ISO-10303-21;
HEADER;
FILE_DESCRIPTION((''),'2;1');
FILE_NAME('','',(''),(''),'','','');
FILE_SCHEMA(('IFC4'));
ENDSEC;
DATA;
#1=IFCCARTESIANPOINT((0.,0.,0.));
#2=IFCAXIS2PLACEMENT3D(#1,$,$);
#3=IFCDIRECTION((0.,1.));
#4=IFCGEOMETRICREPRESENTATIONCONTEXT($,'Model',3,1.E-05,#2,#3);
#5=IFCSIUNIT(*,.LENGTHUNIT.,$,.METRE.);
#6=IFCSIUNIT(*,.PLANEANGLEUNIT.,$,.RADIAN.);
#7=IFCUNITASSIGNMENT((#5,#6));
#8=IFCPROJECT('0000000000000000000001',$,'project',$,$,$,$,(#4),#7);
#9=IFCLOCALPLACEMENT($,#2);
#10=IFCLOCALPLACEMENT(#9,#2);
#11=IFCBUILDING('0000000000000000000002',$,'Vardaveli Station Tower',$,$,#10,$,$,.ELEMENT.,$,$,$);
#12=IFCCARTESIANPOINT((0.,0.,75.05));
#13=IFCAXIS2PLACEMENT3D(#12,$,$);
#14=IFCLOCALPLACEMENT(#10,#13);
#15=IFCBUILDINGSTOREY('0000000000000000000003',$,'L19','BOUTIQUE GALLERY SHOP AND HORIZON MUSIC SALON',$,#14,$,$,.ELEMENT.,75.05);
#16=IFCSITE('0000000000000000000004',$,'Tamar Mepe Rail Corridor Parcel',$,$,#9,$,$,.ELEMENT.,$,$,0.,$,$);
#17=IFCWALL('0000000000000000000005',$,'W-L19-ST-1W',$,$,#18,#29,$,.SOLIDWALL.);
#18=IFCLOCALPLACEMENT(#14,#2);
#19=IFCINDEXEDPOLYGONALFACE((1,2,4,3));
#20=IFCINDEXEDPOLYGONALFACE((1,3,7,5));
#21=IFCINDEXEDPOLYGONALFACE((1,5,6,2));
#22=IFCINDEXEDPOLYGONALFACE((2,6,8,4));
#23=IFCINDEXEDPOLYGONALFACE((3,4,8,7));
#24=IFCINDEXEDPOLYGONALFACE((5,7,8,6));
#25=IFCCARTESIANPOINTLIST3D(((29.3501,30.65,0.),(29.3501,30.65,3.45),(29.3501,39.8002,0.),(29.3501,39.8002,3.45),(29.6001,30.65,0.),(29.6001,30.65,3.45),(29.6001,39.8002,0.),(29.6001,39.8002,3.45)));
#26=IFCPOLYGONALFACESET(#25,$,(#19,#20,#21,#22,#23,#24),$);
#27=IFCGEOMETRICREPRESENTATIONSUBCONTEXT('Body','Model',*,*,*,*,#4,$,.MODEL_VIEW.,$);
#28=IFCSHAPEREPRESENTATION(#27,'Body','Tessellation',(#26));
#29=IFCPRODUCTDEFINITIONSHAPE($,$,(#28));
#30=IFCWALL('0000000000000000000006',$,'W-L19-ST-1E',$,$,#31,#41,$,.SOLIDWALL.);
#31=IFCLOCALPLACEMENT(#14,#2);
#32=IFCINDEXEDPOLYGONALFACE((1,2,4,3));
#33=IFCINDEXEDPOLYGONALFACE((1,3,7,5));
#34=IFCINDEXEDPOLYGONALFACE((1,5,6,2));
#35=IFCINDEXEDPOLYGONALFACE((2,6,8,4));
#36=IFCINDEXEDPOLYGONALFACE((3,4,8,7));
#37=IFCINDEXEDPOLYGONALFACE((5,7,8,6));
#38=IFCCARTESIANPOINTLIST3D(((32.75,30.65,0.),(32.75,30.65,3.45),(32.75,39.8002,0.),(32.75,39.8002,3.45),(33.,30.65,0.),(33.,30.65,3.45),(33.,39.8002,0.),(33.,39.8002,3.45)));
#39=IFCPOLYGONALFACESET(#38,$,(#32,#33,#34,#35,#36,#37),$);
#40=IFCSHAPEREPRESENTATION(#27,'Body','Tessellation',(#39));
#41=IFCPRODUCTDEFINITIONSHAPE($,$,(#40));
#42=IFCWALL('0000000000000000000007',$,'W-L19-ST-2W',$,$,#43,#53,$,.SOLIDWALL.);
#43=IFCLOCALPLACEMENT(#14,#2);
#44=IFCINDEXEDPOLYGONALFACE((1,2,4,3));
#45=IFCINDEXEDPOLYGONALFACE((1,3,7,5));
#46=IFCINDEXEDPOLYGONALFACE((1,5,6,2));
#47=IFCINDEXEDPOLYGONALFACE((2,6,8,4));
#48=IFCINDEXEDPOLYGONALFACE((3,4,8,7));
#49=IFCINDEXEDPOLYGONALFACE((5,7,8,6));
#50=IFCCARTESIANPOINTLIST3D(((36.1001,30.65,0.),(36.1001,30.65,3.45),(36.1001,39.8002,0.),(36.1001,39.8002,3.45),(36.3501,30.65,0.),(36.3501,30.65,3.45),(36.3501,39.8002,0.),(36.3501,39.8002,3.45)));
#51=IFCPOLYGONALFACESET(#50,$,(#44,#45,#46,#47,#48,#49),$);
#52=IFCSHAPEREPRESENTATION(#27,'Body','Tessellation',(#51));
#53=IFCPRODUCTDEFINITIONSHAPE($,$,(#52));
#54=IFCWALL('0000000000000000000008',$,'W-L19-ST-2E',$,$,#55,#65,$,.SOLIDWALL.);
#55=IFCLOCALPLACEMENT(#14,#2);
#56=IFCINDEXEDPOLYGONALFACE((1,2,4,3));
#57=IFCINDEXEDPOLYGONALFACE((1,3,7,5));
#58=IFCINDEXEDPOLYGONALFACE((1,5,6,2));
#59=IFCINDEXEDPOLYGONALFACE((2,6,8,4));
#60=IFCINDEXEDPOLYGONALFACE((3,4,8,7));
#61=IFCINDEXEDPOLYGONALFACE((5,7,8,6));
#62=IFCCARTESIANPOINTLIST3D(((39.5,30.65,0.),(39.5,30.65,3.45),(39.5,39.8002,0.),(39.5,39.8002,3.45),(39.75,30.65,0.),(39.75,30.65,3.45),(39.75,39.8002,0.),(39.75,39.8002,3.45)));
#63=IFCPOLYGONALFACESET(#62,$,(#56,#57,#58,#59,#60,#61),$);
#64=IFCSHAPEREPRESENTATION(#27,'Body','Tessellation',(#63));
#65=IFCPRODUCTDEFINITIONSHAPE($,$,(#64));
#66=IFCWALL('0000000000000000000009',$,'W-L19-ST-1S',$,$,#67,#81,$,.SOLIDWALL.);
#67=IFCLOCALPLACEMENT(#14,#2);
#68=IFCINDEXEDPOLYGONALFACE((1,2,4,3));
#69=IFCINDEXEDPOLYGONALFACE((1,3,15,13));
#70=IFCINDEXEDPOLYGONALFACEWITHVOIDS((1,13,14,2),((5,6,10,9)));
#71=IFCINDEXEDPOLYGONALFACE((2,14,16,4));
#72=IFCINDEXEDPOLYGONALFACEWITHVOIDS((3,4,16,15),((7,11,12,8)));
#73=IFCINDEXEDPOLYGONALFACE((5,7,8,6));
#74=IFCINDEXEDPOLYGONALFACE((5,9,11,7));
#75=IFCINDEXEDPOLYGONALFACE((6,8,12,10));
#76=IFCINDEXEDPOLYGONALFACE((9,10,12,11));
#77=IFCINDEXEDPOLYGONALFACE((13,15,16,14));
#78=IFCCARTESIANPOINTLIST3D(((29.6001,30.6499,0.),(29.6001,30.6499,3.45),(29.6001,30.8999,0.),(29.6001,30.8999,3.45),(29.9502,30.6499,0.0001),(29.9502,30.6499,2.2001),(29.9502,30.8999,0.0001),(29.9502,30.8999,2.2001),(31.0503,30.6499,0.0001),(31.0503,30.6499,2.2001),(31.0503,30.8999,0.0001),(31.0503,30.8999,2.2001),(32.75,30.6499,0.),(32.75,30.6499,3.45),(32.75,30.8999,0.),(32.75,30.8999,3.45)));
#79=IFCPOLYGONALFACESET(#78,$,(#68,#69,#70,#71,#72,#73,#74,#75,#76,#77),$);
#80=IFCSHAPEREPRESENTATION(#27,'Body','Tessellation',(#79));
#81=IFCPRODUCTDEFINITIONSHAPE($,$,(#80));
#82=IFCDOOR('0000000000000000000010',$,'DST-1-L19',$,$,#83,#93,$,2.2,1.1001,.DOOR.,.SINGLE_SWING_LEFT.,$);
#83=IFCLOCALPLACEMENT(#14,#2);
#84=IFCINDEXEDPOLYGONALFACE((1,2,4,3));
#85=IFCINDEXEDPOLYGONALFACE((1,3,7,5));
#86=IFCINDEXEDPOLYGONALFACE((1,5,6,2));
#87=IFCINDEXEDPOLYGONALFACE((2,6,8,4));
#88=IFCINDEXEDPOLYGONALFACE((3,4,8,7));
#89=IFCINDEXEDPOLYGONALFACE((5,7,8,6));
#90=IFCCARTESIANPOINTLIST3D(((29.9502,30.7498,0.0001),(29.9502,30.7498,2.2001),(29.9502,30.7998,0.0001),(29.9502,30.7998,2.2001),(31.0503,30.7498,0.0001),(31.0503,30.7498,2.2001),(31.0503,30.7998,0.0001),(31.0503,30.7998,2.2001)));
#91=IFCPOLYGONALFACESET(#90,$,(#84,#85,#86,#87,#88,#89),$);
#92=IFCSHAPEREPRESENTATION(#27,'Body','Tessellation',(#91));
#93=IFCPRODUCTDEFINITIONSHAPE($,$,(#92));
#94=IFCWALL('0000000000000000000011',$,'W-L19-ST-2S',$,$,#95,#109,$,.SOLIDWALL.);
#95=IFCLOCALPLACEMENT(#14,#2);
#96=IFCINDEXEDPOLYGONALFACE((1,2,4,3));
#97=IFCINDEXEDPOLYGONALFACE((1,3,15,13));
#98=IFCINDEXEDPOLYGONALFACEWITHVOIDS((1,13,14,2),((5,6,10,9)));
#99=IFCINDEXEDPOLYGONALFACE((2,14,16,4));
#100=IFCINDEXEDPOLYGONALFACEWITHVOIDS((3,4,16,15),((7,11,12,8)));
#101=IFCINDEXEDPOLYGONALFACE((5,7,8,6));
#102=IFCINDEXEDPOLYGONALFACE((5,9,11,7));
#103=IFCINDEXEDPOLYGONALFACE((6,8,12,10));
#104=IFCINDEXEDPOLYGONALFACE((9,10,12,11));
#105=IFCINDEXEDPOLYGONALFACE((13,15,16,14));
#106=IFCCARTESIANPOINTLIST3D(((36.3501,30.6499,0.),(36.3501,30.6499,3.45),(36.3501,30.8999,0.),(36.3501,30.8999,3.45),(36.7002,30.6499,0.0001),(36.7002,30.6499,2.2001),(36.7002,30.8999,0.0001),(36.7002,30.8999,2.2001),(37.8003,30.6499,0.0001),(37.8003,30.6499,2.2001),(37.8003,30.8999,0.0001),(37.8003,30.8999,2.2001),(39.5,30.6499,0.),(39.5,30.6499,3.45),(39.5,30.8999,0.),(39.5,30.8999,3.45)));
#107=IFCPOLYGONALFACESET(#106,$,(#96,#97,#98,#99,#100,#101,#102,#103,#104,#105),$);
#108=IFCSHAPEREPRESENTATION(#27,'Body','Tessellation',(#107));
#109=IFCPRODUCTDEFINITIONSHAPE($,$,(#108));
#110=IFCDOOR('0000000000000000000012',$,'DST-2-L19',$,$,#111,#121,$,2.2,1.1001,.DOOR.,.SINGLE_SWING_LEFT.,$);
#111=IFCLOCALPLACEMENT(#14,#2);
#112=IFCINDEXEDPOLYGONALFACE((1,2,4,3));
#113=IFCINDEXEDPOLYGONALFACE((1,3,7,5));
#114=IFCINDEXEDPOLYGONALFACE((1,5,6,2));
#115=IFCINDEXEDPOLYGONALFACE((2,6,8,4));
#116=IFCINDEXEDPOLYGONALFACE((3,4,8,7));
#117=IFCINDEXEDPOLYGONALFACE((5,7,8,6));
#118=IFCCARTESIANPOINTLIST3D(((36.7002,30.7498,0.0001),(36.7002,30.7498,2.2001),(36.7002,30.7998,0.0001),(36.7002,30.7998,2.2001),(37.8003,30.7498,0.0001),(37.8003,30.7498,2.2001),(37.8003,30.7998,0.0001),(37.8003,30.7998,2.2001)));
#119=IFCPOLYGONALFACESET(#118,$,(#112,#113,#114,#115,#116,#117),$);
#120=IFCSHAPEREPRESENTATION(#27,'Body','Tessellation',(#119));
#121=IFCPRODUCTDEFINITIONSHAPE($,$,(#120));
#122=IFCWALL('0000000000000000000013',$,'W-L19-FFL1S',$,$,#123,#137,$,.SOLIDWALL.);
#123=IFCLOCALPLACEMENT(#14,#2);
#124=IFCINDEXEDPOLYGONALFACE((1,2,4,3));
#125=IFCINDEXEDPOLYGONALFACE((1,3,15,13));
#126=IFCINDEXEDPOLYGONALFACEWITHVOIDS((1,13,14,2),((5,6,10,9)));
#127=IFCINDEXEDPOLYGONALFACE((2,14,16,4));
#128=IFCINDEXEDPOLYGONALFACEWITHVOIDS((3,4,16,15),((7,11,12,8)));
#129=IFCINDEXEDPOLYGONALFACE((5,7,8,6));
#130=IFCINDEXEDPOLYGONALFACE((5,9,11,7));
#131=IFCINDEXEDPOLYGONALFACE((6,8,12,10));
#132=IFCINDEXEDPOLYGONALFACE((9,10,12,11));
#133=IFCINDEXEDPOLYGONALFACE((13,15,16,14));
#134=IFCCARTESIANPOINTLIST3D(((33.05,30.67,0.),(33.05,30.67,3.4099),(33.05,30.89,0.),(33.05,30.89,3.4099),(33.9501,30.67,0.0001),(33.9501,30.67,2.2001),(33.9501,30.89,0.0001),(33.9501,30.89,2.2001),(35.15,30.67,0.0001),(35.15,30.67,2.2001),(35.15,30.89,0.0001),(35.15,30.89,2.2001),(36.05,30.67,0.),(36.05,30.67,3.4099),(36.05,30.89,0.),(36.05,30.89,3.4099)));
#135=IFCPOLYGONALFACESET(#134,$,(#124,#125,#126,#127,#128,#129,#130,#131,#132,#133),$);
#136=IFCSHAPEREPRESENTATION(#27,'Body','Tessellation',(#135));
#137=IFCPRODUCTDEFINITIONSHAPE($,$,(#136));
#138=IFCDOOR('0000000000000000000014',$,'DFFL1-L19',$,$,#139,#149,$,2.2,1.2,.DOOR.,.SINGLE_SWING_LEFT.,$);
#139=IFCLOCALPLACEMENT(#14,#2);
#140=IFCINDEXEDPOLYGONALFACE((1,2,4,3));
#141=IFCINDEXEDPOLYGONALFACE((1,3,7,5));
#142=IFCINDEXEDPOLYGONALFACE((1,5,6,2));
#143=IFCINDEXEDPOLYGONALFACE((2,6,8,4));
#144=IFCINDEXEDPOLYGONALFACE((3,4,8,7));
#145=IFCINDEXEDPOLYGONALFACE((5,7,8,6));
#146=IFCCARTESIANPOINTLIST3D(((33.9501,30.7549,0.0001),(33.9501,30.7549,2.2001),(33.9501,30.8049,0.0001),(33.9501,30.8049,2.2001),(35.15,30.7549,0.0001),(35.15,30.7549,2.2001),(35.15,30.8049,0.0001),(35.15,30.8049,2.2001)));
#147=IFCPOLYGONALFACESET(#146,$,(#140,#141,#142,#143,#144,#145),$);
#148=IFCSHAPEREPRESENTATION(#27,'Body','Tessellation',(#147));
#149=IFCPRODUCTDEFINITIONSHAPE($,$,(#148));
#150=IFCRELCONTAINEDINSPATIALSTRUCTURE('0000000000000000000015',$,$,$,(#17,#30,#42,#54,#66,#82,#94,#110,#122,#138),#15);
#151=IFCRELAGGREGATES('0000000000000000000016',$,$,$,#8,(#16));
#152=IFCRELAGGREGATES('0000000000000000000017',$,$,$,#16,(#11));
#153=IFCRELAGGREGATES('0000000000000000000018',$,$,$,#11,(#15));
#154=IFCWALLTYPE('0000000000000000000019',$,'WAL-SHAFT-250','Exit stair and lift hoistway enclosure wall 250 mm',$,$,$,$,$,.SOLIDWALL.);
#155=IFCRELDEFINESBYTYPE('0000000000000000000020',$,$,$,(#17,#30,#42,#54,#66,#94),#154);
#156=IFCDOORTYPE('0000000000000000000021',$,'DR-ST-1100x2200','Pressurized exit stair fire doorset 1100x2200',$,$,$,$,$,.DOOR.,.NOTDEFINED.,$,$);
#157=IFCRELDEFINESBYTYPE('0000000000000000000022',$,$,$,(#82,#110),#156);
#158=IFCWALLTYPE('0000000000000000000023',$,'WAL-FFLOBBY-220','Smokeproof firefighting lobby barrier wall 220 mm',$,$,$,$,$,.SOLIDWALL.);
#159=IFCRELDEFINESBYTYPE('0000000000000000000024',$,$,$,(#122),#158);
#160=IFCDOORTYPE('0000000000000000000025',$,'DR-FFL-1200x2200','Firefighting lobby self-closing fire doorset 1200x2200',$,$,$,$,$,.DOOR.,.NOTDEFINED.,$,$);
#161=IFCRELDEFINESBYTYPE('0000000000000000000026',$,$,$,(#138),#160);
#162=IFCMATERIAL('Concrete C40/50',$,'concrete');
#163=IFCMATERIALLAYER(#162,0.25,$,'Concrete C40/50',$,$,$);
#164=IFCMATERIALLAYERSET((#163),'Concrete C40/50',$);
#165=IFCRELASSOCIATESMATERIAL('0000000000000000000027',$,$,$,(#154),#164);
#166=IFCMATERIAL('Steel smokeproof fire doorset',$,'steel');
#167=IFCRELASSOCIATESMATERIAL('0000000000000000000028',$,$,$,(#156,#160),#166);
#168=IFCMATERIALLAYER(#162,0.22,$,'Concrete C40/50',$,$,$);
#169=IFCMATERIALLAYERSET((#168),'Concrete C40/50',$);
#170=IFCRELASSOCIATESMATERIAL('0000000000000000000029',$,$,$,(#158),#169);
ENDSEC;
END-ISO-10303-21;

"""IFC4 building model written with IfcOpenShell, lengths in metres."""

from ifc_helpers import new_model, si_unit, direction, frame, frame_2d, origin, place, context, subcontext, project, spatial, rectangle, extrude, source, transform, mapped, material, layer, layer_set, type_object, element, fill, save


model = new_model("IFC4")

# Units and contexts
model_context = context("Model", 3, precision=1e-05, world=origin(), true_north=direction((0.0, 1.0)))
body_context = subcontext(model_context, "Body", "Model", "MODEL_VIEW")
ifc_project = project(units=[si_unit("LENGTHUNIT", "METRE"), si_unit("PLANEANGLEUNIT", "RADIAN")], contexts=[model_context])

# Site, building, storey
site_placement = place(None, origin())
site = spatial("IfcSite", under=ifc_project, at=site_placement, Name="Tamar Mepe Rail Corridor Parcel", CompositionType="ELEMENT", RefElevation=0.0)
building_placement = place(site_placement, origin())
building = spatial("IfcBuilding", under=site, at=building_placement, Name="Vardaveli Station Tower", CompositionType="ELEMENT")
storey_placement = place(building_placement, frame((0.0, 0.0, 75.05)))
storey = spatial("IfcBuildingStorey", under=building, at=storey_placement, Name="L19", Description="BOUTIQUE GALLERY SHOP AND HORIZON MUSIC SALON", CompositionType="ELEMENT", Elevation=75.05)

# Walls
ifc_material_1 = material(Name="Concrete C40/50", Category="concrete")
ifc_layer_1 = layer(ifc_material_1, 0.25, Name="Concrete C40/50")
ifc_layer_set_1 = layer_set([ifc_layer_1], Name="Concrete C40/50")
wall_type_1 = type_object("IfcWallType", Name="WAL-SHAFT-250", Description="Exit stair and lift hoistway enclosure wall 250 mm", PredefinedType="SOLIDWALL", material=ifc_layer_set_1)
shared_shape_1 = source(origin(), body_context, "Body", "SweptSolid", [
    extrude(rectangle(XDim=9.1501, YDim=0.25, at=frame_2d((4.5752, 0.0))), origin(), (0.0, 0.0, 1.0), 3.45),
])
for number, where, z_axis, x_axis, name in (
    (1, (29.4751, 30.6499, 0.0), (0.0, 0.0, 1.0), (0.0, 1.0, 0.0), "W-L19-ST-1W"),
    (2, (32.875, 30.6499, 0.0), (0.0, 0.0, 1.0), (0.0, 1.0, 0.0), "W-L19-ST-1E"),
    (3, (36.2251, 30.6499, 0.0), (0.0, 0.0, 1.0), (0.0, 1.0, 0.0), "W-L19-ST-2W"),
    (4, (39.625, 30.6499, 0.0), (0.0, 0.0, 1.0), (0.0, 1.0, 0.0), "W-L19-ST-2E"),
):
    element("IfcWall", number, at=place(storey_placement, frame(where, z_axis=z_axis, x_axis=x_axis)), inside=storey, type_object=wall_type_1, Name=name, PredefinedType="SOLIDWALL", context=body_context, shape_type="MappedRepresentation", body=[
        mapped(shared_shape_1, transform((0.0, 0.0, 0.0), scale=1.0)),
    ])

# Walls, openings, doors
shared_shape_2 = source(origin(), body_context, "Body", "SweptSolid", [
    extrude(rectangle(XDim=3.1499, YDim=0.25, at=frame_2d((1.575, 0.0))), origin(), (0.0, 0.0, 1.0), 3.45),
])
wall_1_placement = place(storey_placement, frame((29.6001, 30.7749, 0.0), z_axis=(0.0, 0.0, 1.0), x_axis=(1.0, 0.0, 0.0)))
wall_1 = element("IfcWall", 5, at=wall_1_placement, inside=storey, type_object=wall_type_1, Name="W-L19-ST-1S", PredefinedType="SOLIDWALL", context=body_context, shape_type="MappedRepresentation", body=[
    mapped(shared_shape_2, transform((0.0, 0.0, 0.0), scale=1.0)),
])
shared_shape_3 = source(origin(), body_context, "Body", "SweptSolid", [
    extrude(rectangle(XDim=1.1001, YDim=2.2, at=frame_2d((0.55, 1.1001))), frame((0.0, 0.135, 0.0), z_axis=(0.0, -1.0, 0.0), x_axis=(1.0, 0.0, 0.0)), (0.0, 0.0, 1.0), 0.27),
])
opening_1_placement = place(wall_1_placement, frame((0.3501, 0.0, 0.0)))
opening_1 = element("IfcOpeningElement", 6, at=opening_1_placement, cuts=wall_1, PredefinedType="OPENING", context=body_context, shape_type="MappedRepresentation", body=[
    mapped(shared_shape_3, transform((0.0, 0.0, 0.0), scale=1.0)),
])
ifc_material_2 = material(Name="Steel smokeproof fire doorset", Category="steel")
door_type_1 = type_object("IfcDoorType", Name="DR-ST-1100x2200", Description="Pressurized exit stair fire doorset 1100x2200", OperationType="NOTDEFINED", PredefinedType="DOOR", material=ifc_material_2)
shared_shape_4 = source(origin(), body_context, "Body", "SweptSolid", [
    extrude(rectangle(XDim=1.1001, YDim=2.2, at=frame_2d((0.55, 1.1001))), frame((0.0, 0.0249, 0.0), z_axis=(0.0, -1.0, 0.0), x_axis=(1.0, 0.0, 0.0)), (0.0, 0.0, 1.0), 0.05),
])
door_1_placement = place(opening_1_placement, origin())
door_1 = element("IfcDoor", 7, at=door_1_placement, inside=storey, type_object=door_type_1, Name="DST-1-L19", OperationType="SINGLE_SWING_LEFT", OverallHeight=2.2, OverallWidth=1.1001, PredefinedType="DOOR", context=body_context, shape_type="MappedRepresentation", body=[
    mapped(shared_shape_4, transform((0.0, 0.0, 0.0), scale=1.0)),
])
fill(opening_1, door_1)
wall_2_placement = place(storey_placement, frame((36.3501, 30.7749, 0.0), z_axis=(0.0, 0.0, 1.0), x_axis=(1.0, 0.0, 0.0)))
wall_2 = element("IfcWall", 8, at=wall_2_placement, inside=storey, type_object=wall_type_1, Name="W-L19-ST-2S", PredefinedType="SOLIDWALL", context=body_context, shape_type="MappedRepresentation", body=[
    mapped(shared_shape_2, transform((0.0, 0.0, 0.0), scale=1.0)),
])
opening_2_placement = place(wall_2_placement, frame((0.3501, 0.0, 0.0)))
opening_2 = element("IfcOpeningElement", 9, at=opening_2_placement, cuts=wall_2, PredefinedType="OPENING", context=body_context, shape_type="MappedRepresentation", body=[
    mapped(shared_shape_3, transform((0.0, 0.0, 0.0), scale=1.0)),
])
door_2_placement = place(opening_2_placement, origin())
door_2 = element("IfcDoor", 10, at=door_2_placement, inside=storey, type_object=door_type_1, Name="DST-2-L19", OperationType="SINGLE_SWING_LEFT", OverallHeight=2.2, OverallWidth=1.1001, PredefinedType="DOOR", context=body_context, shape_type="MappedRepresentation", body=[
    mapped(shared_shape_4, transform((0.0, 0.0, 0.0), scale=1.0)),
])
fill(opening_2, door_2)
ifc_layer_2 = layer(ifc_material_1, 0.22, Name="Concrete C40/50")
ifc_layer_set_2 = layer_set([ifc_layer_2], Name="Concrete C40/50")
wall_type_2 = type_object("IfcWallType", Name="WAL-FFLOBBY-220", Description="Smokeproof firefighting lobby barrier wall 220 mm", PredefinedType="SOLIDWALL", material=ifc_layer_set_2)
shared_shape_5 = source(origin(), body_context, "Body", "SweptSolid", [
    extrude(rectangle(XDim=3.0, YDim=0.22, at=frame_2d((1.5, 0.0))), origin(), (0.0, 0.0, 1.0), 3.4099),
])
wall_3_placement = place(storey_placement, frame((33.05, 30.78, 0.0), z_axis=(0.0, 0.0, 1.0), x_axis=(1.0, 0.0, 0.0)))
wall_3 = element("IfcWall", 11, at=wall_3_placement, inside=storey, type_object=wall_type_2, Name="W-L19-FFL1S", PredefinedType="SOLIDWALL", context=body_context, shape_type="MappedRepresentation", body=[
    mapped(shared_shape_5, transform((0.0, 0.0, 0.0), scale=1.0)),
])
shared_shape_6 = source(origin(), body_context, "Body", "SweptSolid", [
    extrude(rectangle(XDim=1.2, YDim=2.2, at=frame_2d((0.6001, 1.1001))), frame((0.0, 0.1201, 0.0), z_axis=(0.0, -1.0, 0.0), x_axis=(1.0, 0.0, 0.0)), (0.0, 0.0, 1.0), 0.24),
])
opening_3_placement = place(wall_3_placement, frame((0.8999, 0.0, 0.0)))
opening_3 = element("IfcOpeningElement", 12, at=opening_3_placement, cuts=wall_3, PredefinedType="OPENING", context=body_context, shape_type="MappedRepresentation", body=[
    mapped(shared_shape_6, transform((0.0, 0.0, 0.0), scale=1.0)),
])
door_type_2 = type_object("IfcDoorType", Name="DR-FFL-1200x2200", Description="Firefighting lobby self-closing fire doorset 1200x2200", OperationType="NOTDEFINED", PredefinedType="DOOR", material=ifc_material_2)
shared_shape_7 = source(origin(), body_context, "Body", "SweptSolid", [
    extrude(rectangle(XDim=1.2, YDim=2.2, at=frame_2d((0.6001, 1.1001))), frame((0.0, 0.0249, 0.0), z_axis=(0.0, -1.0, 0.0), x_axis=(1.0, 0.0, 0.0)), (0.0, 0.0, 1.0), 0.05),
])
door_3_placement = place(opening_3_placement, origin())
door_3 = element("IfcDoor", 13, at=door_3_placement, inside=storey, type_object=door_type_2, Name="DFFL1-L19", OperationType="SINGLE_SWING_LEFT", OverallHeight=2.2, OverallWidth=1.2, PredefinedType="DOOR", context=body_context, shape_type="MappedRepresentation", body=[
    mapped(shared_shape_7, transform((0.0, 0.0, 0.0), scale=1.0)),
])
fill(opening_3, door_3)

save(model, "model.ifc")
